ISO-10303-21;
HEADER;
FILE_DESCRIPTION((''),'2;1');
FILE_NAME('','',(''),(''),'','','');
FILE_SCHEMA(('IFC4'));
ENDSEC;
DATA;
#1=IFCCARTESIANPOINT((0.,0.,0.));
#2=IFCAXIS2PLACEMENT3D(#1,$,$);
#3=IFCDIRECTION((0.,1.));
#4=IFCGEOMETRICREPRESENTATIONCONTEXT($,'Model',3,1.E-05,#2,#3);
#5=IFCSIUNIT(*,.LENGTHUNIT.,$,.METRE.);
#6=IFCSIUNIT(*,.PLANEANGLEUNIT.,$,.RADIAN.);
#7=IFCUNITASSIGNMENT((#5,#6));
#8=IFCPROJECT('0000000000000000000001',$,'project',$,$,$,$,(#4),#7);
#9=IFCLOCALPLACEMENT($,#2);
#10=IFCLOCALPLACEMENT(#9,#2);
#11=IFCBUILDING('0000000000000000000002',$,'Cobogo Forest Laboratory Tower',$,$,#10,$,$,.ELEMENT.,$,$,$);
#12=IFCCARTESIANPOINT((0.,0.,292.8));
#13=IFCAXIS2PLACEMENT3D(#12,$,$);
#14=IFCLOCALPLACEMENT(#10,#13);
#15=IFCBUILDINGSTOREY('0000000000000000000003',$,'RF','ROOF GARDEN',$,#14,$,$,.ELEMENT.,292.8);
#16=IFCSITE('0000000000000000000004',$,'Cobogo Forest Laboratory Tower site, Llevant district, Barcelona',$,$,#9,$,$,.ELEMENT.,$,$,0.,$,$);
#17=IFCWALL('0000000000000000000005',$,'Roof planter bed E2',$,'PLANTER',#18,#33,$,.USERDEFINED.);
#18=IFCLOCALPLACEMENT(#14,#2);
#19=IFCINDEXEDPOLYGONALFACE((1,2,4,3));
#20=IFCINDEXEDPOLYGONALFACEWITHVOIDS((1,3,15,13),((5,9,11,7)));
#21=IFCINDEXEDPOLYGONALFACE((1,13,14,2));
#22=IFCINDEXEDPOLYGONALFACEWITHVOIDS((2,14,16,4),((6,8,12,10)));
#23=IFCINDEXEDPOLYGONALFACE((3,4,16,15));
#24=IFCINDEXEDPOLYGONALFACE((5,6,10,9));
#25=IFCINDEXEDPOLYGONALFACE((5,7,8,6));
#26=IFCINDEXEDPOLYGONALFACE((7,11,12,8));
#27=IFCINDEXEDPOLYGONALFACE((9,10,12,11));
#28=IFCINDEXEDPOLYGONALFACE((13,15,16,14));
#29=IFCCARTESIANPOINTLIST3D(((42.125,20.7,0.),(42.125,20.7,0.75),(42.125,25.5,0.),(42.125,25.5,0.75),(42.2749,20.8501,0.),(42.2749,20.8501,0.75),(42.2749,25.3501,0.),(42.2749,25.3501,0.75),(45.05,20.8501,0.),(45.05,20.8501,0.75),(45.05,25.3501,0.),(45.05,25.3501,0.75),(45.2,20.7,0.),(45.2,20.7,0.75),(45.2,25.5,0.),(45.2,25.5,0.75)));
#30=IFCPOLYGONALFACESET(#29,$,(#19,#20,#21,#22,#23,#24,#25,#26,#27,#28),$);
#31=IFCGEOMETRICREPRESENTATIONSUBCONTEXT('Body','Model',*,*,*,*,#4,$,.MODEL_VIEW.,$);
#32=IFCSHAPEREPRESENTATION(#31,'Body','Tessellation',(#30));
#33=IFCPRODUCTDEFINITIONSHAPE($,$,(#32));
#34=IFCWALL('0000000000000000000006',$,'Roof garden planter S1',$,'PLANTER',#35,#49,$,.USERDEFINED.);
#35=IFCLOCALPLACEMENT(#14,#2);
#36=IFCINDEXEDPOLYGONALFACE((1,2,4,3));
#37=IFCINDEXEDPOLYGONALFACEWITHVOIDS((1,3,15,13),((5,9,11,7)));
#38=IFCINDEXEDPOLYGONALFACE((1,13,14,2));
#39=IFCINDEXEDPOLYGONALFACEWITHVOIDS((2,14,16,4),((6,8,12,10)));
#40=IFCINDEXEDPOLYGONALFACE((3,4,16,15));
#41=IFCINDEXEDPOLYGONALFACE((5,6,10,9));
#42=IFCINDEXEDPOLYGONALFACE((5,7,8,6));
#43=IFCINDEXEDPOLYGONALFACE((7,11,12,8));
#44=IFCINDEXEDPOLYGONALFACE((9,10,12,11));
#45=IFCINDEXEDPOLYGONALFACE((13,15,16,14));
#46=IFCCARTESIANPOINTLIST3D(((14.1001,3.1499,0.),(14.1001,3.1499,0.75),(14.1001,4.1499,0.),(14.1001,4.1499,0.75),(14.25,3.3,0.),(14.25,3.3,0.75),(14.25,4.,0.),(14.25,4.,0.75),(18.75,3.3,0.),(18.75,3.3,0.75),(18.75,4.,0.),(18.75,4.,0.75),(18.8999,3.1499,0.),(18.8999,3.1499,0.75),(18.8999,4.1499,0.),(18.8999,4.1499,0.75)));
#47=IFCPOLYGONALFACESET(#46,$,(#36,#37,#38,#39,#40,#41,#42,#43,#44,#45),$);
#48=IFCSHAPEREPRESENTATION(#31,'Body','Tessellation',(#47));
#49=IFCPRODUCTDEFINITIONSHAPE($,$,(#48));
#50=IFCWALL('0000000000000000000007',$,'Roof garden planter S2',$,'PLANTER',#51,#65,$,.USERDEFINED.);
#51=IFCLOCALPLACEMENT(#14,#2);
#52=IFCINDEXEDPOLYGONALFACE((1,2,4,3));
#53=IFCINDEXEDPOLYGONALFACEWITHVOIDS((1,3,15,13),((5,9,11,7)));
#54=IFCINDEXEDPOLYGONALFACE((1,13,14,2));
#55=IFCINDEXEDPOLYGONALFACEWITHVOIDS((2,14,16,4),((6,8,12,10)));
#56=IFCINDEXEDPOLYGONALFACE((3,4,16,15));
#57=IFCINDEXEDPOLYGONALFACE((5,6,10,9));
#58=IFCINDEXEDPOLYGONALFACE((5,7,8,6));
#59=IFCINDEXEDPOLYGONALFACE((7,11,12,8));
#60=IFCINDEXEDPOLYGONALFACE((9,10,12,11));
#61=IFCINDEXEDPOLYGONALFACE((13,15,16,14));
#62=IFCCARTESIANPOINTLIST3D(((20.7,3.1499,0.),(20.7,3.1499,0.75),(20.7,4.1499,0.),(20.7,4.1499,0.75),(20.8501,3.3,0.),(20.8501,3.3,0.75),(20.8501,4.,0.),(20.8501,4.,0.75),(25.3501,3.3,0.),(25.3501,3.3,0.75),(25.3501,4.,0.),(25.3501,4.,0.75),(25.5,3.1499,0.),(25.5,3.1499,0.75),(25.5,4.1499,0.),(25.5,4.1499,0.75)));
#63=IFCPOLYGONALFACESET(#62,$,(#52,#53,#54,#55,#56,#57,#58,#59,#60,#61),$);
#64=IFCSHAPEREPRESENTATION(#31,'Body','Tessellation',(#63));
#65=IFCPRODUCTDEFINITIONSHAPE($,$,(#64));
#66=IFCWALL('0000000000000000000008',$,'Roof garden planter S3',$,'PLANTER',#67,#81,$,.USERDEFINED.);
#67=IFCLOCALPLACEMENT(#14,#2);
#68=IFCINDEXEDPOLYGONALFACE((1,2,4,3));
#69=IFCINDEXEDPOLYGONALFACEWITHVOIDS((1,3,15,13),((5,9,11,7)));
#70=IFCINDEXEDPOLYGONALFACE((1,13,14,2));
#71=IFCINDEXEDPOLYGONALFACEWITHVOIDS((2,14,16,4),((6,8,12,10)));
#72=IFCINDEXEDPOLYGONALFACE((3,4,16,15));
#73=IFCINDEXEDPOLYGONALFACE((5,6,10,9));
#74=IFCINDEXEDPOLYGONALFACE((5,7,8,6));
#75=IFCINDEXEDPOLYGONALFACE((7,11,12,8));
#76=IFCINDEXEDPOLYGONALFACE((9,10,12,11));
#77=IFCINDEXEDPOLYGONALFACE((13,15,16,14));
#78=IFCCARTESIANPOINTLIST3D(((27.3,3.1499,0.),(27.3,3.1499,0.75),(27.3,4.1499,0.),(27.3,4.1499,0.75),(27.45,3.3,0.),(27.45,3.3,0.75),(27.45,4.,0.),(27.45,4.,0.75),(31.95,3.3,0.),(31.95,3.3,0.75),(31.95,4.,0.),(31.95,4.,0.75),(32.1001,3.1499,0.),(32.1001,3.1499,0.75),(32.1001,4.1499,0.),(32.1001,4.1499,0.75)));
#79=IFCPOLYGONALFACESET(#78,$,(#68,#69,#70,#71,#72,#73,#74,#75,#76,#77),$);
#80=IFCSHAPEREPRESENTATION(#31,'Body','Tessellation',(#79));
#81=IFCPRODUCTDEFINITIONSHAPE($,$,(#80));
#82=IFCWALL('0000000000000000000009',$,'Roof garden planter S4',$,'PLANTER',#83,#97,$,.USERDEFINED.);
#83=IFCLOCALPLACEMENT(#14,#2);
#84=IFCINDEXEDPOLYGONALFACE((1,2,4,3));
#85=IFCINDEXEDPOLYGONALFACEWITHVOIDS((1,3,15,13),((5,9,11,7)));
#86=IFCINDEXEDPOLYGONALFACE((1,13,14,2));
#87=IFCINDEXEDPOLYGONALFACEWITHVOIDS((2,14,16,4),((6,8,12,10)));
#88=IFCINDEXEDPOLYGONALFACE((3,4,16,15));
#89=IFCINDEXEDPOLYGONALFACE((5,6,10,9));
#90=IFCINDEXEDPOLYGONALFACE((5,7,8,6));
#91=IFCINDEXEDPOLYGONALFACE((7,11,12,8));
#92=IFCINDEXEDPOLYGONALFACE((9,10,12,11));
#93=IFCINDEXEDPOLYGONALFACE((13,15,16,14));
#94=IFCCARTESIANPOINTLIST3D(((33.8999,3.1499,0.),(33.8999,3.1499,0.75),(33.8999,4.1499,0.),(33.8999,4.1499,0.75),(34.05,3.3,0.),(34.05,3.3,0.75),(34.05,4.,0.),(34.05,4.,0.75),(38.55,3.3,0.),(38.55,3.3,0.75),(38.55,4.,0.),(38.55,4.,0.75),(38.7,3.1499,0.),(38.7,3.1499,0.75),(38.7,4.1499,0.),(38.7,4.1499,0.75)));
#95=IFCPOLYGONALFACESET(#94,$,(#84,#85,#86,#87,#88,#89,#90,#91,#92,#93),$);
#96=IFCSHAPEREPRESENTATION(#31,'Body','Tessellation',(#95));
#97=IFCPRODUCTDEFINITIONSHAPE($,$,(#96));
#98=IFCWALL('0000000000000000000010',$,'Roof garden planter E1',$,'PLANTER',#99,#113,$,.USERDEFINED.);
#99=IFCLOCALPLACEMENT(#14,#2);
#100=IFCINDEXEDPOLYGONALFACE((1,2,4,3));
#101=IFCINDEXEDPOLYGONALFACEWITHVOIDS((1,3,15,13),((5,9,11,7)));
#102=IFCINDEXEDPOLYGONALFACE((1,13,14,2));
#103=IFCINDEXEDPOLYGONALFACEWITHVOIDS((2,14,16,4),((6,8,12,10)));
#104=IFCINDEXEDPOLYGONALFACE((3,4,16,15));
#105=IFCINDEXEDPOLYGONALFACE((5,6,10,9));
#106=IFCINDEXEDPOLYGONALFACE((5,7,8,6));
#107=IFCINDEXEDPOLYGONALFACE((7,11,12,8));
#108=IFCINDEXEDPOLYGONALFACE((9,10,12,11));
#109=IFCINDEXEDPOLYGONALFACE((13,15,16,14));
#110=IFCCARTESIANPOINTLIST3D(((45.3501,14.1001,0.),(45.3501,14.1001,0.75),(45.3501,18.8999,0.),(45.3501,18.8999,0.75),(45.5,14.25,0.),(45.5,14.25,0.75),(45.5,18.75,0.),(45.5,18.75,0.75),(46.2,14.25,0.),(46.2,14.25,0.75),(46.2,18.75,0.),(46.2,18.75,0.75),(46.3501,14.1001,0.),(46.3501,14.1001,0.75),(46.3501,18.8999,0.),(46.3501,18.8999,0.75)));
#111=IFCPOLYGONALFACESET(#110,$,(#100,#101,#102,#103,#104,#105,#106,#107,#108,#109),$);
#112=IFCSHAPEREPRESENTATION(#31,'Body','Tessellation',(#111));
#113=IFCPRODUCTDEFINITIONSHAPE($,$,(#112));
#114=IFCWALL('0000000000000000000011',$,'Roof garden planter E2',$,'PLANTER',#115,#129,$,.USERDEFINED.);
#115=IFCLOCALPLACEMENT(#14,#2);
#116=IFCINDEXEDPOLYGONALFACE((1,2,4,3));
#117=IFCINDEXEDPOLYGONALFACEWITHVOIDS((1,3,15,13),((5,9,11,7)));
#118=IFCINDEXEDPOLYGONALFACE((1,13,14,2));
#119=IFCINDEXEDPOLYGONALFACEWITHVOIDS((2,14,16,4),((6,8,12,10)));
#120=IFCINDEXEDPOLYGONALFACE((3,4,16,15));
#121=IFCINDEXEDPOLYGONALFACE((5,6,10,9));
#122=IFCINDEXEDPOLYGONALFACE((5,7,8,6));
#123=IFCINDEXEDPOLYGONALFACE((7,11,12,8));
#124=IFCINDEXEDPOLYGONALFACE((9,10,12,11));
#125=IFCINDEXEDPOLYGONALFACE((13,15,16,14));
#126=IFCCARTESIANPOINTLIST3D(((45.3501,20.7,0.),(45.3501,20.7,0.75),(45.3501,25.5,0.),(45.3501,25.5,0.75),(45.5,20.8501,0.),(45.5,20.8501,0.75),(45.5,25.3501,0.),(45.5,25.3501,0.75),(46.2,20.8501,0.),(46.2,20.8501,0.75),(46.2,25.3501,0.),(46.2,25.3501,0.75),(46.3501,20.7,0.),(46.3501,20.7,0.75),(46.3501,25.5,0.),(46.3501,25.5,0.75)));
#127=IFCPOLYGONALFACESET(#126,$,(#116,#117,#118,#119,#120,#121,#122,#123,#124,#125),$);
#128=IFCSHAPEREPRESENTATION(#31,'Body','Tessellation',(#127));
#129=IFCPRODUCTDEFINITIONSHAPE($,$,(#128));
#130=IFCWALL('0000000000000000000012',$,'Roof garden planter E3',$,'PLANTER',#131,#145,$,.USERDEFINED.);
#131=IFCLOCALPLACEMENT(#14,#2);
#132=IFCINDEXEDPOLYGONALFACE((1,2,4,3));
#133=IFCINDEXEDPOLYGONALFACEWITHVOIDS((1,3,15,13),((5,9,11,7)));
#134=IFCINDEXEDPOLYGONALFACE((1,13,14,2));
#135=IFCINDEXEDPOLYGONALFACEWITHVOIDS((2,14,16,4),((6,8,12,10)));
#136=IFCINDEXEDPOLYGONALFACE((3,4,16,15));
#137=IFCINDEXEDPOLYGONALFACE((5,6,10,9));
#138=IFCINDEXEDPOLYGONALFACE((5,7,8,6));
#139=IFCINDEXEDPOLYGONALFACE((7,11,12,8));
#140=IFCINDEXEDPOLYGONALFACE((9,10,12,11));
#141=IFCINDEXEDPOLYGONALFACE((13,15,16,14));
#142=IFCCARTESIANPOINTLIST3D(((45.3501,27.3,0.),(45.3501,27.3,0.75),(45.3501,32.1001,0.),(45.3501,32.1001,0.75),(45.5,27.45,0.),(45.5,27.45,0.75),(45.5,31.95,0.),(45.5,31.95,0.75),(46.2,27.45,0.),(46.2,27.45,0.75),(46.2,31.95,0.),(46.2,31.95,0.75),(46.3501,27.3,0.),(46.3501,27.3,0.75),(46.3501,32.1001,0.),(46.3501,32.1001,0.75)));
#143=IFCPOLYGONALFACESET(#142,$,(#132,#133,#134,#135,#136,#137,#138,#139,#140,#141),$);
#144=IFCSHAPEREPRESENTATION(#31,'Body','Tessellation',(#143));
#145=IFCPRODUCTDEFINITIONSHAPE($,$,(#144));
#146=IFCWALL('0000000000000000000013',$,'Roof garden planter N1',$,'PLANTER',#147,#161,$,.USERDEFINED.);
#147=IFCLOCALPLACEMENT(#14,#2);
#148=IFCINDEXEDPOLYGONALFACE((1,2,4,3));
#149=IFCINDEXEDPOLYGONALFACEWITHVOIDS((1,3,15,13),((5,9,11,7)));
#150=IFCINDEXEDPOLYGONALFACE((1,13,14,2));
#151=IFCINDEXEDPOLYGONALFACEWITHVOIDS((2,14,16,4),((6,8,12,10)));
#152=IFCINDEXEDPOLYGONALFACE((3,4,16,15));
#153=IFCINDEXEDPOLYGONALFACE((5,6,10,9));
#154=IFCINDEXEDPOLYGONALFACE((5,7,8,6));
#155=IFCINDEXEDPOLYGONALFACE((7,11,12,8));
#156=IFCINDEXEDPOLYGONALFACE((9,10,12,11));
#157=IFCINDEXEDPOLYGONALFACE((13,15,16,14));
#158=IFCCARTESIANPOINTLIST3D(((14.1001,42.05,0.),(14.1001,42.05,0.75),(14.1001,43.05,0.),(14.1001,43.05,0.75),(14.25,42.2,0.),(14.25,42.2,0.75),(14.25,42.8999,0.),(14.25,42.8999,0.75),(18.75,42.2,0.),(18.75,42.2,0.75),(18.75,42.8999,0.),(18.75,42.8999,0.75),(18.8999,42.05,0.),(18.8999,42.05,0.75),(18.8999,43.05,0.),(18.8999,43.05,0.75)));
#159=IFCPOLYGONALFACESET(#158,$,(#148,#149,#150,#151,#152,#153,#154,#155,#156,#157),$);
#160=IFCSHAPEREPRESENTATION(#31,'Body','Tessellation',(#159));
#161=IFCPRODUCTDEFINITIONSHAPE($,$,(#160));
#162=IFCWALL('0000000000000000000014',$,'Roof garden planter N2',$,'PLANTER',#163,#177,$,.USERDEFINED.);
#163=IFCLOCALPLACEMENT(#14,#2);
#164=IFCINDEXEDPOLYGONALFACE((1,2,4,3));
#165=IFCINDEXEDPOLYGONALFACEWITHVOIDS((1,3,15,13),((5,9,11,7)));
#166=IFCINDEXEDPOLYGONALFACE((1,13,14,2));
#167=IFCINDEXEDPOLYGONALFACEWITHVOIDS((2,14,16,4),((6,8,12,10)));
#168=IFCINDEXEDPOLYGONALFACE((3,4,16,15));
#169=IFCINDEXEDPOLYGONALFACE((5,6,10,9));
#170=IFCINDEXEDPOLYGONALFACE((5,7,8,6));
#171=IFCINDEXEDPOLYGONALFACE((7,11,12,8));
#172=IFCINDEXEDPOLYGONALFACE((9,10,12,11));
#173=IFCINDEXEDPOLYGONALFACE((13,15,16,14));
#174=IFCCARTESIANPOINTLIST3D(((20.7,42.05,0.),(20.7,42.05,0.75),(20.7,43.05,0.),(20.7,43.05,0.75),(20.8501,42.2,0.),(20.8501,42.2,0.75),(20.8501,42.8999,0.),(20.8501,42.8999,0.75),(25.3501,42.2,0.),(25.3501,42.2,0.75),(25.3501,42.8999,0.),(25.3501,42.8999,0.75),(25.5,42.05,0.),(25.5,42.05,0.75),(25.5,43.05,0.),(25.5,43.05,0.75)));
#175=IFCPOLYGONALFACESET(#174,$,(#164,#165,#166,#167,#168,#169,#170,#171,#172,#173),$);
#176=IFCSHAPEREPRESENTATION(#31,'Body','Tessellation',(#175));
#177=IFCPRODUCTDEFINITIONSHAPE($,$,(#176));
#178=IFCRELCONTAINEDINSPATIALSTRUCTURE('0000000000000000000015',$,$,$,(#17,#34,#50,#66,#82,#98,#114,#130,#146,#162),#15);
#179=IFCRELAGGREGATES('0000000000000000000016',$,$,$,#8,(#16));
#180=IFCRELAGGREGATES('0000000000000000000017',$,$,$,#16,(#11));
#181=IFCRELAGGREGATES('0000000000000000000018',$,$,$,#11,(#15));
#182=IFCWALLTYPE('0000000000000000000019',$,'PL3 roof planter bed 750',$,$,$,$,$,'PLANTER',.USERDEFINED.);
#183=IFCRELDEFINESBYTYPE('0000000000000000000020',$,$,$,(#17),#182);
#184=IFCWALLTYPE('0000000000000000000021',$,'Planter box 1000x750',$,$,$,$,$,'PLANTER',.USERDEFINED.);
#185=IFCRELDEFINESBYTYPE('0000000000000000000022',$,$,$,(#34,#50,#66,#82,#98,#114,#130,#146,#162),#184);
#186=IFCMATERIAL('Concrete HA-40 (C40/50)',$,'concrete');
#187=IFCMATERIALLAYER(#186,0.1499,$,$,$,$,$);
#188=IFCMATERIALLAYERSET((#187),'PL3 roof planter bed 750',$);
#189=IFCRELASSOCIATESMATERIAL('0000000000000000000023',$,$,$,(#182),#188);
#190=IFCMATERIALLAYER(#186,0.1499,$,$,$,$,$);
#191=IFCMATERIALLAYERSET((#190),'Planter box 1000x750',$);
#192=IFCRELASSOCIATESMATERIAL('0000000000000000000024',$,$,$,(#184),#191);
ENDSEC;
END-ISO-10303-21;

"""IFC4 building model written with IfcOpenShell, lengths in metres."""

from ifc_helpers import new_model, si_unit, direction, frame, origin, place, context, subcontext, project, spatial, polyline, outline, extrude, material, layer, layer_set, type_object, element, save


model = new_model("IFC4")

# Units and contexts
model_context = context("Model", 3, precision=1e-05, world=origin(), true_north=direction((0.0, 1.0)))
body_context = subcontext(model_context, "Body", "Model", "MODEL_VIEW")
ifc_project = project(units=[si_unit("LENGTHUNIT", "METRE"), si_unit("PLANEANGLEUNIT", "RADIAN")], contexts=[model_context])

# Site, building, storey
site_placement = place(None, origin())
site = spatial("IfcSite", under=ifc_project, at=site_placement, Name="Cobogo Forest Laboratory Tower site, Llevant district, Barcelona", CompositionType="ELEMENT", RefElevation=0.0)
building_placement = place(site_placement, origin())
building = spatial("IfcBuilding", under=site, at=building_placement, Name="Cobogo Forest Laboratory Tower", CompositionType="ELEMENT")
storey_placement = place(building_placement, frame((0.0, 0.0, 292.8)))
storey = spatial("IfcBuildingStorey", under=building, at=storey_placement, Name="RF", Description="ROOF GARDEN", CompositionType="ELEMENT", Elevation=292.8)

# Shared definitions
ifc_material = material(Name="Concrete HA-40 (C40/50)", Category="concrete")

# Walls
ifc_layer_1 = layer(ifc_material, 0.1499)
ifc_layer_set_1 = layer_set([ifc_layer_1], Name="PL3 roof planter bed 750")
wall_type_1 = type_object("IfcWallType", Name="PL3 roof planter bed 750", ElementType="PLANTER", PredefinedType="USERDEFINED", material=ifc_layer_set_1)
wall_1_placement = place(storey_placement, origin())
element("IfcWall", 1, at=wall_1_placement, inside=storey, type_object=wall_type_1, Name="Roof planter bed E2", ObjectType="PLANTER", PredefinedType="USERDEFINED", context=body_context, shape_type="SweptSolid", body=[
    extrude(outline(polyline([(42.125, 20.7), (45.2, 20.7), (45.2, 25.5), (42.125, 25.5), (42.125, 20.7)]), holes=[polyline([(42.2749, 20.8501), (45.05, 20.8501), (45.05, 25.3501), (42.2749, 25.3501), (42.2749, 20.8501)])]), origin(), (0.0, 0.0, 1.0), 0.75),
])
ifc_layer_2 = layer(ifc_material, 0.1499)
ifc_layer_set_2 = layer_set([ifc_layer_2], Name="Planter box 1000x750")
wall_type_2 = type_object("IfcWallType", Name="Planter box 1000x750", ElementType="PLANTER", PredefinedType="USERDEFINED", material=ifc_layer_set_2)
wall_2_placement = place(storey_placement, origin())
element("IfcWall", 2, at=wall_2_placement, inside=storey, type_object=wall_type_2, Name="Roof garden planter S1", ObjectType="PLANTER", PredefinedType="USERDEFINED", context=body_context, shape_type="SweptSolid", body=[
    extrude(outline(polyline([(14.1001, 3.1499), (18.8999, 3.1499), (18.8999, 4.1499), (14.1001, 4.1499), (14.1001, 3.1499)]), holes=[polyline([(14.25, 3.3), (18.75, 3.3), (18.75, 4.0), (14.25, 4.0), (14.25, 3.3)])]), origin(), (0.0, 0.0, 1.0), 0.75),
])
wall_3_placement = place(storey_placement, origin())
element("IfcWall", 3, at=wall_3_placement, inside=storey, type_object=wall_type_2, Name="Roof garden planter S2", ObjectType="PLANTER", PredefinedType="USERDEFINED", context=body_context, shape_type="SweptSolid", body=[
    extrude(outline(polyline([(20.7, 3.1499), (25.5, 3.1499), (25.5, 4.1499), (20.7, 4.1499), (20.7, 3.1499)]), holes=[polyline([(20.8501, 3.3), (25.3501, 3.3), (25.3501, 4.0), (20.8501, 4.0), (20.8501, 3.3)])]), origin(), (0.0, 0.0, 1.0), 0.75),
])
wall_4_placement = place(storey_placement, origin())
element("IfcWall", 4, at=wall_4_placement, inside=storey, type_object=wall_type_2, Name="Roof garden planter S3", ObjectType="PLANTER", PredefinedType="USERDEFINED", context=body_context, shape_type="SweptSolid", body=[
    extrude(outline(polyline([(27.3, 3.1499), (32.1001, 3.1499), (32.1001, 4.1499), (27.3, 4.1499), (27.3, 3.1499)]), holes=[polyline([(27.45, 3.3), (31.95, 3.3), (31.95, 4.0), (27.45, 4.0), (27.45, 3.3)])]), origin(), (0.0, 0.0, 1.0), 0.75),
])
wall_5_placement = place(storey_placement, origin())
element("IfcWall", 5, at=wall_5_placement, inside=storey, type_object=wall_type_2, Name="Roof garden planter S4", ObjectType="PLANTER", PredefinedType="USERDEFINED", context=body_context, shape_type="SweptSolid", body=[
    extrude(outline(polyline([(33.8999, 3.1499), (38.7, 3.1499), (38.7, 4.1499), (33.8999, 4.1499), (33.8999, 3.1499)]), holes=[polyline([(34.05, 3.3), (38.55, 3.3), (38.55, 4.0), (34.05, 4.0), (34.05, 3.3)])]), origin(), (0.0, 0.0, 1.0), 0.75),
])
wall_6_placement = place(storey_placement, origin())
element("IfcWall", 6, at=wall_6_placement, inside=storey, type_object=wall_type_2, Name="Roof garden planter E1", ObjectType="PLANTER", PredefinedType="USERDEFINED", context=body_context, shape_type="SweptSolid", body=[
    extrude(outline(polyline([(45.3501, 14.1001), (46.3501, 14.1001), (46.3501, 18.8999), (45.3501, 18.8999), (45.3501, 14.1001)]), holes=[polyline([(45.5, 14.25), (46.2, 14.25), (46.2, 18.75), (45.5, 18.75), (45.5, 14.25)])]), origin(), (0.0, 0.0, 1.0), 0.75),
])
wall_7_placement = place(storey_placement, origin())
element("IfcWall", 7, at=wall_7_placement, inside=storey, type_object=wall_type_2, Name="Roof garden planter E2", ObjectType="PLANTER", PredefinedType="USERDEFINED", context=body_context, shape_type="SweptSolid", body=[
    extrude(outline(polyline([(45.3501, 20.7), (46.3501, 20.7), (46.3501, 25.5), (45.3501, 25.5), (45.3501, 20.7)]), holes=[polyline([(45.5, 20.8501), (46.2, 20.8501), (46.2, 25.3501), (45.5, 25.3501), (45.5, 20.8501)])]), origin(), (0.0, 0.0, 1.0), 0.75),
])
wall_8_placement = place(storey_placement, origin())
element("IfcWall", 8, at=wall_8_placement, inside=storey, type_object=wall_type_2, Name="Roof garden planter E3", ObjectType="PLANTER", PredefinedType="USERDEFINED", context=body_context, shape_type="SweptSolid", body=[
    extrude(outline(polyline([(45.3501, 27.3), (46.3501, 27.3), (46.3501, 32.1001), (45.3501, 32.1001), (45.3501, 27.3)]), holes=[polyline([(45.5, 27.45), (46.2, 27.45), (46.2, 31.95), (45.5, 31.95), (45.5, 27.45)])]), origin(), (0.0, 0.0, 1.0), 0.75),
])
wall_9_placement = place(storey_placement, origin())
element("IfcWall", 9, at=wall_9_placement, inside=storey, type_object=wall_type_2, Name="Roof garden planter N1", ObjectType="PLANTER", PredefinedType="USERDEFINED", context=body_context, shape_type="SweptSolid", body=[
    extrude(outline(polyline([(14.1001, 42.05), (18.8999, 42.05), (18.8999, 43.05), (14.1001, 43.05), (14.1001, 42.05)]), holes=[polyline([(14.25, 42.2), (18.75, 42.2), (18.75, 42.8999), (14.25, 42.8999), (14.25, 42.2)])]), origin(), (0.0, 0.0, 1.0), 0.75),
])
wall_10_placement = place(storey_placement, origin())
element("IfcWall", 10, at=wall_10_placement, inside=storey, type_object=wall_type_2, Name="Roof garden planter N2", ObjectType="PLANTER", PredefinedType="USERDEFINED", context=body_context, shape_type="SweptSolid", body=[
    extrude(outline(polyline([(20.7, 42.05), (25.5, 42.05), (25.5, 43.05), (20.7, 43.05), (20.7, 42.05)]), holes=[polyline([(20.8501, 42.2), (25.3501, 42.2), (25.3501, 42.8999), (20.8501, 42.8999), (20.8501, 42.2)])]), origin(), (0.0, 0.0, 1.0), 0.75),
])

save(model, "model.ifc")
